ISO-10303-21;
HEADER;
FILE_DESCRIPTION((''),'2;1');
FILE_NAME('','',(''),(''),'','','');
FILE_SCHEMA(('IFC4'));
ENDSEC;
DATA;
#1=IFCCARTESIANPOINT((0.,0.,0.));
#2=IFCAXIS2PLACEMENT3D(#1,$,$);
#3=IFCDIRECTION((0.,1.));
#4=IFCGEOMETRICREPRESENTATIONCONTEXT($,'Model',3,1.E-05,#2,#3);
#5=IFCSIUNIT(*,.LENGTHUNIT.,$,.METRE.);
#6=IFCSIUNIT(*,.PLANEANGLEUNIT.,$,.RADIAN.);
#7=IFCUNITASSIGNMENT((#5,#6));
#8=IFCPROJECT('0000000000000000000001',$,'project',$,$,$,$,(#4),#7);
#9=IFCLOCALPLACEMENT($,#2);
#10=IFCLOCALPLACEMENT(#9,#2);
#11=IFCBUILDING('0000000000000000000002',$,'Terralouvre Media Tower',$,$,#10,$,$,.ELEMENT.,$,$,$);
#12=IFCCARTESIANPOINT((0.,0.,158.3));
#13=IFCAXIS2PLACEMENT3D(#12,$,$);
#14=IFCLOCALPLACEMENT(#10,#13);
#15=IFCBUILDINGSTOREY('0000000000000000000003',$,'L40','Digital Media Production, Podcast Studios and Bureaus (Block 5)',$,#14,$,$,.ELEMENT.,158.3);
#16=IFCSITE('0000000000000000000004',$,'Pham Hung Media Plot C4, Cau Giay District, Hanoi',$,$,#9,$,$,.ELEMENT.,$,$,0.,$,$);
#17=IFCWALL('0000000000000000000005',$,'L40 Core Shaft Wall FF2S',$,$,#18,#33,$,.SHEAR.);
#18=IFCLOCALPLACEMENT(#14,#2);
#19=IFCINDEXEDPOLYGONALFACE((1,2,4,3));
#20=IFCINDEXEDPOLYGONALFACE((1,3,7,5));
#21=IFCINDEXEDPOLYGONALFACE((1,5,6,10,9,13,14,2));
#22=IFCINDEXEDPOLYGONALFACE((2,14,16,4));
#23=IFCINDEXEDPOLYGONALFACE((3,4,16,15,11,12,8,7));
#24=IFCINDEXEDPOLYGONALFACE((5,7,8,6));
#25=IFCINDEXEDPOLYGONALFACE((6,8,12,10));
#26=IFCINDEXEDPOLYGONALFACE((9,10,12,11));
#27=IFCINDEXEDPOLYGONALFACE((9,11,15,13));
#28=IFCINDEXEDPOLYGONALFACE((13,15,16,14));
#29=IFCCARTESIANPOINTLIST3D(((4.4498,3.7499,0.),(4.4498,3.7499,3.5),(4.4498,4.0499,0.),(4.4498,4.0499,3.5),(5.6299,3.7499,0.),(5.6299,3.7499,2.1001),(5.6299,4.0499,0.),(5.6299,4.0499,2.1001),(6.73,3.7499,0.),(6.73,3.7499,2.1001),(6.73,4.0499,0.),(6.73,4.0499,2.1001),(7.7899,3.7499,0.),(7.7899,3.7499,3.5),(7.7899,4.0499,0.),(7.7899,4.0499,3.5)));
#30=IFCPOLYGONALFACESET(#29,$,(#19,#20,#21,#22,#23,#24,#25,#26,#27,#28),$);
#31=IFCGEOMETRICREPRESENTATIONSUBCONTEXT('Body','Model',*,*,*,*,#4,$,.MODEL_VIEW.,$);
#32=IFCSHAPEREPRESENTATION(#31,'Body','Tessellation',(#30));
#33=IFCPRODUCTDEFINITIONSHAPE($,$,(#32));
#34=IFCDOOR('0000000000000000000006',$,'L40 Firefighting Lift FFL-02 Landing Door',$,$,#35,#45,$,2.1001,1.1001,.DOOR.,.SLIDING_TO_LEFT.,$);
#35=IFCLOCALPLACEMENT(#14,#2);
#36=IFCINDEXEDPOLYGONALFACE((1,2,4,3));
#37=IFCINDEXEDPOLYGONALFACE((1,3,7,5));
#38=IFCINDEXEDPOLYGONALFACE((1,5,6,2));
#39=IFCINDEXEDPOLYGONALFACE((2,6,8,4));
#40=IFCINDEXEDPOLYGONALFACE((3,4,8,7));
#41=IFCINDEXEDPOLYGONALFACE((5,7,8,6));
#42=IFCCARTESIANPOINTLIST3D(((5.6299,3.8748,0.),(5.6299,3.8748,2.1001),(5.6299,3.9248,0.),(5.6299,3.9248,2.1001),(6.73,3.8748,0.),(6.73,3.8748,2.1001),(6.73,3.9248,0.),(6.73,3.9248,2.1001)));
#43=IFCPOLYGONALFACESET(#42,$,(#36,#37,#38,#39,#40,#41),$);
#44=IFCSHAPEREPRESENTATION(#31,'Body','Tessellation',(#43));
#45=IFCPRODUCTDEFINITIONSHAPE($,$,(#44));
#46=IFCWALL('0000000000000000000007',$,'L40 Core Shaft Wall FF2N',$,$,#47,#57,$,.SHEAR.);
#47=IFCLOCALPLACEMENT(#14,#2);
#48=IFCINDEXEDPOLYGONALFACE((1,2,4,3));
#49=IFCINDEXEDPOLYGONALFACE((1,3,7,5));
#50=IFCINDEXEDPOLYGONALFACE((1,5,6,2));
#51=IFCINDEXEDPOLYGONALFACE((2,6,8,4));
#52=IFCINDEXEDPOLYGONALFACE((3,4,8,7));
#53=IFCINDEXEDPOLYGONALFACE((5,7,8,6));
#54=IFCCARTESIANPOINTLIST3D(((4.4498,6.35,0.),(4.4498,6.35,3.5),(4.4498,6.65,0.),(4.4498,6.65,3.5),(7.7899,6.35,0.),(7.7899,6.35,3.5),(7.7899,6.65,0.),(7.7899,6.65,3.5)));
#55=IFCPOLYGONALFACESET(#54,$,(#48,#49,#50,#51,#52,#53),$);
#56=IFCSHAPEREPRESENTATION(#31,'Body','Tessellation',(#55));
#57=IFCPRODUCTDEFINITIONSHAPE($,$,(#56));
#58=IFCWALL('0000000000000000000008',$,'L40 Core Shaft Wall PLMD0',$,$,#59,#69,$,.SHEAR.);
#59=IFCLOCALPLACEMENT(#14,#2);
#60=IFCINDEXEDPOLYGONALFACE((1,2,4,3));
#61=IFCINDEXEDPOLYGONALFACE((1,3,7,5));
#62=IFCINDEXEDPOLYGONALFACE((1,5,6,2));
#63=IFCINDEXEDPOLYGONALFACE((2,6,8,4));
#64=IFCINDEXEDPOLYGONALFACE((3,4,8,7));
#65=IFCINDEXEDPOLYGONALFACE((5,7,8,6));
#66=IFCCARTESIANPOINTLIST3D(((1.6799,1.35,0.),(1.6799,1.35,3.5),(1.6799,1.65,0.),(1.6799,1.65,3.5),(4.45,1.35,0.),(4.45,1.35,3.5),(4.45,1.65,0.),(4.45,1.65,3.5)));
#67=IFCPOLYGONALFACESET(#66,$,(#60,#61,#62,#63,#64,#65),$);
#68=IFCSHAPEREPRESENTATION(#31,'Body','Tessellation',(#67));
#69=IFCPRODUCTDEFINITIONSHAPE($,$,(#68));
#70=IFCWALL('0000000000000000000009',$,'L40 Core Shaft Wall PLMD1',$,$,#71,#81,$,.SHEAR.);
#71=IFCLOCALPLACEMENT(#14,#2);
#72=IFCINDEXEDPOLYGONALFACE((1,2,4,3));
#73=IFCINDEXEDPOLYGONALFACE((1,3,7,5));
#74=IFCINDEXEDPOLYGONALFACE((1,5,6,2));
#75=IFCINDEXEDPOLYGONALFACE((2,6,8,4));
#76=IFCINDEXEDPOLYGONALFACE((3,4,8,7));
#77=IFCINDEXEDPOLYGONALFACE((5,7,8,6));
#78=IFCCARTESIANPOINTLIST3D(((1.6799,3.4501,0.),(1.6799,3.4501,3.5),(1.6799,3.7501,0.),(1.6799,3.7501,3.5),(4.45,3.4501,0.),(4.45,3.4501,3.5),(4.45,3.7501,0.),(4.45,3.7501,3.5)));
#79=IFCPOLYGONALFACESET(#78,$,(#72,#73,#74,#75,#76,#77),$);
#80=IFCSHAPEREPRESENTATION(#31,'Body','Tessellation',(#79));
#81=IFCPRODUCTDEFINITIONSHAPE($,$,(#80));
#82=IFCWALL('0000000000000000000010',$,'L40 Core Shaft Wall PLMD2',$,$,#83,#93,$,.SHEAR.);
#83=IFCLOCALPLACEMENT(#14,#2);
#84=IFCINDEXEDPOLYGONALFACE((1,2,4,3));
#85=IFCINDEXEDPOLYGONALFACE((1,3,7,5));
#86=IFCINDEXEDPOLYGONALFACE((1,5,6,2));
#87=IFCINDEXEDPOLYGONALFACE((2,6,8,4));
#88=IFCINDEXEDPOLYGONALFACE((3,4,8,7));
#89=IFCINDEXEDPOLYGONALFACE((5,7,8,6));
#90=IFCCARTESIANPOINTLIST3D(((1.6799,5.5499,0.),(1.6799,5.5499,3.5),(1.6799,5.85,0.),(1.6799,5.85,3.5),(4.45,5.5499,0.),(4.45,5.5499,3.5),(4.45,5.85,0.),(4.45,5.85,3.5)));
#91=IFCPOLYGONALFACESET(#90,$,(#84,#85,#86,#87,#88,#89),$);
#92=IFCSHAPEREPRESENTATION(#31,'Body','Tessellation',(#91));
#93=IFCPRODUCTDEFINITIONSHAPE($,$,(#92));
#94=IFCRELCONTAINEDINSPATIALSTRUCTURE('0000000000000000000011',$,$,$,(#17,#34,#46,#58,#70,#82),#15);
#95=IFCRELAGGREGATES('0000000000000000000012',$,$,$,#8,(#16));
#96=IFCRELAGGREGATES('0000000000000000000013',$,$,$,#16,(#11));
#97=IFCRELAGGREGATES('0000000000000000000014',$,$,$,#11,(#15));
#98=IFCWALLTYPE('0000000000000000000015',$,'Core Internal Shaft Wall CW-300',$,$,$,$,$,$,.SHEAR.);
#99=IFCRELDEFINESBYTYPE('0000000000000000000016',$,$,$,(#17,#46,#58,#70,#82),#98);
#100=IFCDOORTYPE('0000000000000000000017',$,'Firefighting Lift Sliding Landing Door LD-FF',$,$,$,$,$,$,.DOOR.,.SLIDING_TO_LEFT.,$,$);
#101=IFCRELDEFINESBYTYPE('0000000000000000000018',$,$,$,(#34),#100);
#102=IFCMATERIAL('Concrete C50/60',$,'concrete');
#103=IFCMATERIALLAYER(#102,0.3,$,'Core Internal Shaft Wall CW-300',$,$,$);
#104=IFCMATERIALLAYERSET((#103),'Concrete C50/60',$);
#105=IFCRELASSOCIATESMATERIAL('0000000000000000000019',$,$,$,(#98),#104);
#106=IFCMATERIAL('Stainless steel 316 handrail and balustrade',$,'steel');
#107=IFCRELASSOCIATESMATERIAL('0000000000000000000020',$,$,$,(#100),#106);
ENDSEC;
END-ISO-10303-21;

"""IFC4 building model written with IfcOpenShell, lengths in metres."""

from ifc_helpers import new_model, si_unit, direction, frame, frame_2d, origin, place, context, subcontext, project, spatial, rectangle, extrude, material, layer, layer_set, type_object, element, fill, save


model = new_model("IFC4")

# Units and contexts
model_context = context("Model", 3, precision=1e-05, world=origin(), true_north=direction((0.0, 1.0)))
body_context = subcontext(model_context, "Body", "Model", "MODEL_VIEW")
ifc_project = project(units=[si_unit("LENGTHUNIT", "METRE"), si_unit("PLANEANGLEUNIT", "RADIAN")], contexts=[model_context])

# Site, building, storey
site_placement = place(None, origin())
site = spatial("IfcSite", under=ifc_project, at=site_placement, Name="Pham Hung Media Plot C4, Cau Giay District, Hanoi", CompositionType="ELEMENT", RefElevation=0.0)
building_placement = place(site_placement, origin())
building = spatial("IfcBuilding", under=site, at=building_placement, Name="Terralouvre Media Tower", CompositionType="ELEMENT")
storey_placement = place(building_placement, frame((0.0, 0.0, 158.3)))
storey = spatial("IfcBuildingStorey", under=building, at=storey_placement, Name="L40", Description="Digital Media Production, Podcast Studios and Bureaus (Block 5)", CompositionType="ELEMENT", Elevation=158.3)

# Wall, opening, door
ifc_material_1 = material(Name="Concrete C50/60", Category="concrete")
ifc_layer_1 = layer(ifc_material_1, 0.3, Name="Core Internal Shaft Wall CW-300")
ifc_layer_set_1 = layer_set([ifc_layer_1], Name="Concrete C50/60")
wall_type = type_object("IfcWallType", Name="Core Internal Shaft Wall CW-300", PredefinedType="SHEAR", material=ifc_layer_set_1)
wall_1_placement = place(storey_placement, frame((4.45, 3.8999, 0.0), z_axis=(0.0, 0.0, 1.0), x_axis=(1.0, 0.0, 0.0)))
wall_1 = element("IfcWall", 1, at=wall_1_placement, inside=storey, type_object=wall_type, Name="L40 Core Shaft Wall FF2S", PredefinedType="SHEAR", context=body_context, shape_type="SweptSolid", body=[
    extrude(rectangle(XDim=3.3401, YDim=0.3, at=frame_2d((1.6699, 0.0))), origin(), (0.0, 0.0, 1.0), 3.5),
])
opening_placement = place(wall_1_placement, frame((1.1799, 0.0, 0.0)))
opening = element("IfcOpeningElement", 2, at=opening_placement, cuts=wall_1, PredefinedType="OPENING", context=body_context, shape_type="SweptSolid", body=[
    extrude(rectangle(XDim=1.1001, YDim=2.1001, at=frame_2d((0.55, 1.05))), frame((0.0, 0.1599, 0.0), z_axis=(0.0, -1.0, 0.0), x_axis=(1.0, 0.0, 0.0)), (0.0, 0.0, 1.0), 0.3201),
])
ifc_material_2 = material(Name="Stainless steel 316 handrail and balustrade", Category="steel")
door_type = type_object("IfcDoorType", Name="Firefighting Lift Sliding Landing Door LD-FF", OperationType="SLIDING_TO_LEFT", PredefinedType="DOOR", material=ifc_material_2)
door_placement = place(opening_placement, origin())
door = element("IfcDoor", 3, at=door_placement, inside=storey, type_object=door_type, Name="L40 Firefighting Lift FFL-02 Landing Door", OperationType="SLIDING_TO_LEFT", OverallHeight=2.1001, OverallWidth=1.1001, PredefinedType="DOOR", context=body_context, shape_type="SweptSolid", body=[
    extrude(rectangle(XDim=1.1001, YDim=2.1001, at=frame_2d((0.55, 1.05))), frame((0.0, 0.0249, 0.0), z_axis=(0.0, -1.0, 0.0), x_axis=(1.0, 0.0, 0.0)), (0.0, 0.0, 1.0), 0.05),
])
fill(opening, door)

# Walls
wall_2_placement = place(storey_placement, frame((4.45, 6.5, 0.0), z_axis=(0.0, 0.0, 1.0), x_axis=(1.0, 0.0, 0.0)))
element("IfcWall", 4, at=wall_2_placement, inside=storey, type_object=wall_type, Name="L40 Core Shaft Wall FF2N", PredefinedType="SHEAR", context=body_context, shape_type="SweptSolid", body=[
    extrude(rectangle(XDim=3.3401, YDim=0.3, at=frame_2d((1.6699, 0.0))), origin(), (0.0, 0.0, 1.0), 3.5),
])
for number, where, z_axis, x_axis, name in (
    (5, (1.6799, 1.5, 0.0), (0.0, 0.0, 1.0), (1.0, 0.0, 0.0), "L40 Core Shaft Wall PLMD0"),
    (6, (1.6799, 3.6001, 0.0), (0.0, 0.0, 1.0), (1.0, 0.0, 0.0), "L40 Core Shaft Wall PLMD1"),
    (7, (1.6799, 5.7, 0.0), (0.0, 0.0, 1.0), (1.0, 0.0, 0.0), "L40 Core Shaft Wall PLMD2"),
):
    element("IfcWall", number, at=place(storey_placement, frame(where, z_axis=z_axis, x_axis=x_axis)), inside=storey, type_object=wall_type, Name=name, PredefinedType="SHEAR", context=body_context, shape_type="SweptSolid", body=[
        extrude(rectangle(XDim=2.77, YDim=0.3, at=frame_2d((1.385, 0.0))), origin(), (0.0, 0.0, 1.0), 3.5),
    ])

save(model, "model.ifc")
